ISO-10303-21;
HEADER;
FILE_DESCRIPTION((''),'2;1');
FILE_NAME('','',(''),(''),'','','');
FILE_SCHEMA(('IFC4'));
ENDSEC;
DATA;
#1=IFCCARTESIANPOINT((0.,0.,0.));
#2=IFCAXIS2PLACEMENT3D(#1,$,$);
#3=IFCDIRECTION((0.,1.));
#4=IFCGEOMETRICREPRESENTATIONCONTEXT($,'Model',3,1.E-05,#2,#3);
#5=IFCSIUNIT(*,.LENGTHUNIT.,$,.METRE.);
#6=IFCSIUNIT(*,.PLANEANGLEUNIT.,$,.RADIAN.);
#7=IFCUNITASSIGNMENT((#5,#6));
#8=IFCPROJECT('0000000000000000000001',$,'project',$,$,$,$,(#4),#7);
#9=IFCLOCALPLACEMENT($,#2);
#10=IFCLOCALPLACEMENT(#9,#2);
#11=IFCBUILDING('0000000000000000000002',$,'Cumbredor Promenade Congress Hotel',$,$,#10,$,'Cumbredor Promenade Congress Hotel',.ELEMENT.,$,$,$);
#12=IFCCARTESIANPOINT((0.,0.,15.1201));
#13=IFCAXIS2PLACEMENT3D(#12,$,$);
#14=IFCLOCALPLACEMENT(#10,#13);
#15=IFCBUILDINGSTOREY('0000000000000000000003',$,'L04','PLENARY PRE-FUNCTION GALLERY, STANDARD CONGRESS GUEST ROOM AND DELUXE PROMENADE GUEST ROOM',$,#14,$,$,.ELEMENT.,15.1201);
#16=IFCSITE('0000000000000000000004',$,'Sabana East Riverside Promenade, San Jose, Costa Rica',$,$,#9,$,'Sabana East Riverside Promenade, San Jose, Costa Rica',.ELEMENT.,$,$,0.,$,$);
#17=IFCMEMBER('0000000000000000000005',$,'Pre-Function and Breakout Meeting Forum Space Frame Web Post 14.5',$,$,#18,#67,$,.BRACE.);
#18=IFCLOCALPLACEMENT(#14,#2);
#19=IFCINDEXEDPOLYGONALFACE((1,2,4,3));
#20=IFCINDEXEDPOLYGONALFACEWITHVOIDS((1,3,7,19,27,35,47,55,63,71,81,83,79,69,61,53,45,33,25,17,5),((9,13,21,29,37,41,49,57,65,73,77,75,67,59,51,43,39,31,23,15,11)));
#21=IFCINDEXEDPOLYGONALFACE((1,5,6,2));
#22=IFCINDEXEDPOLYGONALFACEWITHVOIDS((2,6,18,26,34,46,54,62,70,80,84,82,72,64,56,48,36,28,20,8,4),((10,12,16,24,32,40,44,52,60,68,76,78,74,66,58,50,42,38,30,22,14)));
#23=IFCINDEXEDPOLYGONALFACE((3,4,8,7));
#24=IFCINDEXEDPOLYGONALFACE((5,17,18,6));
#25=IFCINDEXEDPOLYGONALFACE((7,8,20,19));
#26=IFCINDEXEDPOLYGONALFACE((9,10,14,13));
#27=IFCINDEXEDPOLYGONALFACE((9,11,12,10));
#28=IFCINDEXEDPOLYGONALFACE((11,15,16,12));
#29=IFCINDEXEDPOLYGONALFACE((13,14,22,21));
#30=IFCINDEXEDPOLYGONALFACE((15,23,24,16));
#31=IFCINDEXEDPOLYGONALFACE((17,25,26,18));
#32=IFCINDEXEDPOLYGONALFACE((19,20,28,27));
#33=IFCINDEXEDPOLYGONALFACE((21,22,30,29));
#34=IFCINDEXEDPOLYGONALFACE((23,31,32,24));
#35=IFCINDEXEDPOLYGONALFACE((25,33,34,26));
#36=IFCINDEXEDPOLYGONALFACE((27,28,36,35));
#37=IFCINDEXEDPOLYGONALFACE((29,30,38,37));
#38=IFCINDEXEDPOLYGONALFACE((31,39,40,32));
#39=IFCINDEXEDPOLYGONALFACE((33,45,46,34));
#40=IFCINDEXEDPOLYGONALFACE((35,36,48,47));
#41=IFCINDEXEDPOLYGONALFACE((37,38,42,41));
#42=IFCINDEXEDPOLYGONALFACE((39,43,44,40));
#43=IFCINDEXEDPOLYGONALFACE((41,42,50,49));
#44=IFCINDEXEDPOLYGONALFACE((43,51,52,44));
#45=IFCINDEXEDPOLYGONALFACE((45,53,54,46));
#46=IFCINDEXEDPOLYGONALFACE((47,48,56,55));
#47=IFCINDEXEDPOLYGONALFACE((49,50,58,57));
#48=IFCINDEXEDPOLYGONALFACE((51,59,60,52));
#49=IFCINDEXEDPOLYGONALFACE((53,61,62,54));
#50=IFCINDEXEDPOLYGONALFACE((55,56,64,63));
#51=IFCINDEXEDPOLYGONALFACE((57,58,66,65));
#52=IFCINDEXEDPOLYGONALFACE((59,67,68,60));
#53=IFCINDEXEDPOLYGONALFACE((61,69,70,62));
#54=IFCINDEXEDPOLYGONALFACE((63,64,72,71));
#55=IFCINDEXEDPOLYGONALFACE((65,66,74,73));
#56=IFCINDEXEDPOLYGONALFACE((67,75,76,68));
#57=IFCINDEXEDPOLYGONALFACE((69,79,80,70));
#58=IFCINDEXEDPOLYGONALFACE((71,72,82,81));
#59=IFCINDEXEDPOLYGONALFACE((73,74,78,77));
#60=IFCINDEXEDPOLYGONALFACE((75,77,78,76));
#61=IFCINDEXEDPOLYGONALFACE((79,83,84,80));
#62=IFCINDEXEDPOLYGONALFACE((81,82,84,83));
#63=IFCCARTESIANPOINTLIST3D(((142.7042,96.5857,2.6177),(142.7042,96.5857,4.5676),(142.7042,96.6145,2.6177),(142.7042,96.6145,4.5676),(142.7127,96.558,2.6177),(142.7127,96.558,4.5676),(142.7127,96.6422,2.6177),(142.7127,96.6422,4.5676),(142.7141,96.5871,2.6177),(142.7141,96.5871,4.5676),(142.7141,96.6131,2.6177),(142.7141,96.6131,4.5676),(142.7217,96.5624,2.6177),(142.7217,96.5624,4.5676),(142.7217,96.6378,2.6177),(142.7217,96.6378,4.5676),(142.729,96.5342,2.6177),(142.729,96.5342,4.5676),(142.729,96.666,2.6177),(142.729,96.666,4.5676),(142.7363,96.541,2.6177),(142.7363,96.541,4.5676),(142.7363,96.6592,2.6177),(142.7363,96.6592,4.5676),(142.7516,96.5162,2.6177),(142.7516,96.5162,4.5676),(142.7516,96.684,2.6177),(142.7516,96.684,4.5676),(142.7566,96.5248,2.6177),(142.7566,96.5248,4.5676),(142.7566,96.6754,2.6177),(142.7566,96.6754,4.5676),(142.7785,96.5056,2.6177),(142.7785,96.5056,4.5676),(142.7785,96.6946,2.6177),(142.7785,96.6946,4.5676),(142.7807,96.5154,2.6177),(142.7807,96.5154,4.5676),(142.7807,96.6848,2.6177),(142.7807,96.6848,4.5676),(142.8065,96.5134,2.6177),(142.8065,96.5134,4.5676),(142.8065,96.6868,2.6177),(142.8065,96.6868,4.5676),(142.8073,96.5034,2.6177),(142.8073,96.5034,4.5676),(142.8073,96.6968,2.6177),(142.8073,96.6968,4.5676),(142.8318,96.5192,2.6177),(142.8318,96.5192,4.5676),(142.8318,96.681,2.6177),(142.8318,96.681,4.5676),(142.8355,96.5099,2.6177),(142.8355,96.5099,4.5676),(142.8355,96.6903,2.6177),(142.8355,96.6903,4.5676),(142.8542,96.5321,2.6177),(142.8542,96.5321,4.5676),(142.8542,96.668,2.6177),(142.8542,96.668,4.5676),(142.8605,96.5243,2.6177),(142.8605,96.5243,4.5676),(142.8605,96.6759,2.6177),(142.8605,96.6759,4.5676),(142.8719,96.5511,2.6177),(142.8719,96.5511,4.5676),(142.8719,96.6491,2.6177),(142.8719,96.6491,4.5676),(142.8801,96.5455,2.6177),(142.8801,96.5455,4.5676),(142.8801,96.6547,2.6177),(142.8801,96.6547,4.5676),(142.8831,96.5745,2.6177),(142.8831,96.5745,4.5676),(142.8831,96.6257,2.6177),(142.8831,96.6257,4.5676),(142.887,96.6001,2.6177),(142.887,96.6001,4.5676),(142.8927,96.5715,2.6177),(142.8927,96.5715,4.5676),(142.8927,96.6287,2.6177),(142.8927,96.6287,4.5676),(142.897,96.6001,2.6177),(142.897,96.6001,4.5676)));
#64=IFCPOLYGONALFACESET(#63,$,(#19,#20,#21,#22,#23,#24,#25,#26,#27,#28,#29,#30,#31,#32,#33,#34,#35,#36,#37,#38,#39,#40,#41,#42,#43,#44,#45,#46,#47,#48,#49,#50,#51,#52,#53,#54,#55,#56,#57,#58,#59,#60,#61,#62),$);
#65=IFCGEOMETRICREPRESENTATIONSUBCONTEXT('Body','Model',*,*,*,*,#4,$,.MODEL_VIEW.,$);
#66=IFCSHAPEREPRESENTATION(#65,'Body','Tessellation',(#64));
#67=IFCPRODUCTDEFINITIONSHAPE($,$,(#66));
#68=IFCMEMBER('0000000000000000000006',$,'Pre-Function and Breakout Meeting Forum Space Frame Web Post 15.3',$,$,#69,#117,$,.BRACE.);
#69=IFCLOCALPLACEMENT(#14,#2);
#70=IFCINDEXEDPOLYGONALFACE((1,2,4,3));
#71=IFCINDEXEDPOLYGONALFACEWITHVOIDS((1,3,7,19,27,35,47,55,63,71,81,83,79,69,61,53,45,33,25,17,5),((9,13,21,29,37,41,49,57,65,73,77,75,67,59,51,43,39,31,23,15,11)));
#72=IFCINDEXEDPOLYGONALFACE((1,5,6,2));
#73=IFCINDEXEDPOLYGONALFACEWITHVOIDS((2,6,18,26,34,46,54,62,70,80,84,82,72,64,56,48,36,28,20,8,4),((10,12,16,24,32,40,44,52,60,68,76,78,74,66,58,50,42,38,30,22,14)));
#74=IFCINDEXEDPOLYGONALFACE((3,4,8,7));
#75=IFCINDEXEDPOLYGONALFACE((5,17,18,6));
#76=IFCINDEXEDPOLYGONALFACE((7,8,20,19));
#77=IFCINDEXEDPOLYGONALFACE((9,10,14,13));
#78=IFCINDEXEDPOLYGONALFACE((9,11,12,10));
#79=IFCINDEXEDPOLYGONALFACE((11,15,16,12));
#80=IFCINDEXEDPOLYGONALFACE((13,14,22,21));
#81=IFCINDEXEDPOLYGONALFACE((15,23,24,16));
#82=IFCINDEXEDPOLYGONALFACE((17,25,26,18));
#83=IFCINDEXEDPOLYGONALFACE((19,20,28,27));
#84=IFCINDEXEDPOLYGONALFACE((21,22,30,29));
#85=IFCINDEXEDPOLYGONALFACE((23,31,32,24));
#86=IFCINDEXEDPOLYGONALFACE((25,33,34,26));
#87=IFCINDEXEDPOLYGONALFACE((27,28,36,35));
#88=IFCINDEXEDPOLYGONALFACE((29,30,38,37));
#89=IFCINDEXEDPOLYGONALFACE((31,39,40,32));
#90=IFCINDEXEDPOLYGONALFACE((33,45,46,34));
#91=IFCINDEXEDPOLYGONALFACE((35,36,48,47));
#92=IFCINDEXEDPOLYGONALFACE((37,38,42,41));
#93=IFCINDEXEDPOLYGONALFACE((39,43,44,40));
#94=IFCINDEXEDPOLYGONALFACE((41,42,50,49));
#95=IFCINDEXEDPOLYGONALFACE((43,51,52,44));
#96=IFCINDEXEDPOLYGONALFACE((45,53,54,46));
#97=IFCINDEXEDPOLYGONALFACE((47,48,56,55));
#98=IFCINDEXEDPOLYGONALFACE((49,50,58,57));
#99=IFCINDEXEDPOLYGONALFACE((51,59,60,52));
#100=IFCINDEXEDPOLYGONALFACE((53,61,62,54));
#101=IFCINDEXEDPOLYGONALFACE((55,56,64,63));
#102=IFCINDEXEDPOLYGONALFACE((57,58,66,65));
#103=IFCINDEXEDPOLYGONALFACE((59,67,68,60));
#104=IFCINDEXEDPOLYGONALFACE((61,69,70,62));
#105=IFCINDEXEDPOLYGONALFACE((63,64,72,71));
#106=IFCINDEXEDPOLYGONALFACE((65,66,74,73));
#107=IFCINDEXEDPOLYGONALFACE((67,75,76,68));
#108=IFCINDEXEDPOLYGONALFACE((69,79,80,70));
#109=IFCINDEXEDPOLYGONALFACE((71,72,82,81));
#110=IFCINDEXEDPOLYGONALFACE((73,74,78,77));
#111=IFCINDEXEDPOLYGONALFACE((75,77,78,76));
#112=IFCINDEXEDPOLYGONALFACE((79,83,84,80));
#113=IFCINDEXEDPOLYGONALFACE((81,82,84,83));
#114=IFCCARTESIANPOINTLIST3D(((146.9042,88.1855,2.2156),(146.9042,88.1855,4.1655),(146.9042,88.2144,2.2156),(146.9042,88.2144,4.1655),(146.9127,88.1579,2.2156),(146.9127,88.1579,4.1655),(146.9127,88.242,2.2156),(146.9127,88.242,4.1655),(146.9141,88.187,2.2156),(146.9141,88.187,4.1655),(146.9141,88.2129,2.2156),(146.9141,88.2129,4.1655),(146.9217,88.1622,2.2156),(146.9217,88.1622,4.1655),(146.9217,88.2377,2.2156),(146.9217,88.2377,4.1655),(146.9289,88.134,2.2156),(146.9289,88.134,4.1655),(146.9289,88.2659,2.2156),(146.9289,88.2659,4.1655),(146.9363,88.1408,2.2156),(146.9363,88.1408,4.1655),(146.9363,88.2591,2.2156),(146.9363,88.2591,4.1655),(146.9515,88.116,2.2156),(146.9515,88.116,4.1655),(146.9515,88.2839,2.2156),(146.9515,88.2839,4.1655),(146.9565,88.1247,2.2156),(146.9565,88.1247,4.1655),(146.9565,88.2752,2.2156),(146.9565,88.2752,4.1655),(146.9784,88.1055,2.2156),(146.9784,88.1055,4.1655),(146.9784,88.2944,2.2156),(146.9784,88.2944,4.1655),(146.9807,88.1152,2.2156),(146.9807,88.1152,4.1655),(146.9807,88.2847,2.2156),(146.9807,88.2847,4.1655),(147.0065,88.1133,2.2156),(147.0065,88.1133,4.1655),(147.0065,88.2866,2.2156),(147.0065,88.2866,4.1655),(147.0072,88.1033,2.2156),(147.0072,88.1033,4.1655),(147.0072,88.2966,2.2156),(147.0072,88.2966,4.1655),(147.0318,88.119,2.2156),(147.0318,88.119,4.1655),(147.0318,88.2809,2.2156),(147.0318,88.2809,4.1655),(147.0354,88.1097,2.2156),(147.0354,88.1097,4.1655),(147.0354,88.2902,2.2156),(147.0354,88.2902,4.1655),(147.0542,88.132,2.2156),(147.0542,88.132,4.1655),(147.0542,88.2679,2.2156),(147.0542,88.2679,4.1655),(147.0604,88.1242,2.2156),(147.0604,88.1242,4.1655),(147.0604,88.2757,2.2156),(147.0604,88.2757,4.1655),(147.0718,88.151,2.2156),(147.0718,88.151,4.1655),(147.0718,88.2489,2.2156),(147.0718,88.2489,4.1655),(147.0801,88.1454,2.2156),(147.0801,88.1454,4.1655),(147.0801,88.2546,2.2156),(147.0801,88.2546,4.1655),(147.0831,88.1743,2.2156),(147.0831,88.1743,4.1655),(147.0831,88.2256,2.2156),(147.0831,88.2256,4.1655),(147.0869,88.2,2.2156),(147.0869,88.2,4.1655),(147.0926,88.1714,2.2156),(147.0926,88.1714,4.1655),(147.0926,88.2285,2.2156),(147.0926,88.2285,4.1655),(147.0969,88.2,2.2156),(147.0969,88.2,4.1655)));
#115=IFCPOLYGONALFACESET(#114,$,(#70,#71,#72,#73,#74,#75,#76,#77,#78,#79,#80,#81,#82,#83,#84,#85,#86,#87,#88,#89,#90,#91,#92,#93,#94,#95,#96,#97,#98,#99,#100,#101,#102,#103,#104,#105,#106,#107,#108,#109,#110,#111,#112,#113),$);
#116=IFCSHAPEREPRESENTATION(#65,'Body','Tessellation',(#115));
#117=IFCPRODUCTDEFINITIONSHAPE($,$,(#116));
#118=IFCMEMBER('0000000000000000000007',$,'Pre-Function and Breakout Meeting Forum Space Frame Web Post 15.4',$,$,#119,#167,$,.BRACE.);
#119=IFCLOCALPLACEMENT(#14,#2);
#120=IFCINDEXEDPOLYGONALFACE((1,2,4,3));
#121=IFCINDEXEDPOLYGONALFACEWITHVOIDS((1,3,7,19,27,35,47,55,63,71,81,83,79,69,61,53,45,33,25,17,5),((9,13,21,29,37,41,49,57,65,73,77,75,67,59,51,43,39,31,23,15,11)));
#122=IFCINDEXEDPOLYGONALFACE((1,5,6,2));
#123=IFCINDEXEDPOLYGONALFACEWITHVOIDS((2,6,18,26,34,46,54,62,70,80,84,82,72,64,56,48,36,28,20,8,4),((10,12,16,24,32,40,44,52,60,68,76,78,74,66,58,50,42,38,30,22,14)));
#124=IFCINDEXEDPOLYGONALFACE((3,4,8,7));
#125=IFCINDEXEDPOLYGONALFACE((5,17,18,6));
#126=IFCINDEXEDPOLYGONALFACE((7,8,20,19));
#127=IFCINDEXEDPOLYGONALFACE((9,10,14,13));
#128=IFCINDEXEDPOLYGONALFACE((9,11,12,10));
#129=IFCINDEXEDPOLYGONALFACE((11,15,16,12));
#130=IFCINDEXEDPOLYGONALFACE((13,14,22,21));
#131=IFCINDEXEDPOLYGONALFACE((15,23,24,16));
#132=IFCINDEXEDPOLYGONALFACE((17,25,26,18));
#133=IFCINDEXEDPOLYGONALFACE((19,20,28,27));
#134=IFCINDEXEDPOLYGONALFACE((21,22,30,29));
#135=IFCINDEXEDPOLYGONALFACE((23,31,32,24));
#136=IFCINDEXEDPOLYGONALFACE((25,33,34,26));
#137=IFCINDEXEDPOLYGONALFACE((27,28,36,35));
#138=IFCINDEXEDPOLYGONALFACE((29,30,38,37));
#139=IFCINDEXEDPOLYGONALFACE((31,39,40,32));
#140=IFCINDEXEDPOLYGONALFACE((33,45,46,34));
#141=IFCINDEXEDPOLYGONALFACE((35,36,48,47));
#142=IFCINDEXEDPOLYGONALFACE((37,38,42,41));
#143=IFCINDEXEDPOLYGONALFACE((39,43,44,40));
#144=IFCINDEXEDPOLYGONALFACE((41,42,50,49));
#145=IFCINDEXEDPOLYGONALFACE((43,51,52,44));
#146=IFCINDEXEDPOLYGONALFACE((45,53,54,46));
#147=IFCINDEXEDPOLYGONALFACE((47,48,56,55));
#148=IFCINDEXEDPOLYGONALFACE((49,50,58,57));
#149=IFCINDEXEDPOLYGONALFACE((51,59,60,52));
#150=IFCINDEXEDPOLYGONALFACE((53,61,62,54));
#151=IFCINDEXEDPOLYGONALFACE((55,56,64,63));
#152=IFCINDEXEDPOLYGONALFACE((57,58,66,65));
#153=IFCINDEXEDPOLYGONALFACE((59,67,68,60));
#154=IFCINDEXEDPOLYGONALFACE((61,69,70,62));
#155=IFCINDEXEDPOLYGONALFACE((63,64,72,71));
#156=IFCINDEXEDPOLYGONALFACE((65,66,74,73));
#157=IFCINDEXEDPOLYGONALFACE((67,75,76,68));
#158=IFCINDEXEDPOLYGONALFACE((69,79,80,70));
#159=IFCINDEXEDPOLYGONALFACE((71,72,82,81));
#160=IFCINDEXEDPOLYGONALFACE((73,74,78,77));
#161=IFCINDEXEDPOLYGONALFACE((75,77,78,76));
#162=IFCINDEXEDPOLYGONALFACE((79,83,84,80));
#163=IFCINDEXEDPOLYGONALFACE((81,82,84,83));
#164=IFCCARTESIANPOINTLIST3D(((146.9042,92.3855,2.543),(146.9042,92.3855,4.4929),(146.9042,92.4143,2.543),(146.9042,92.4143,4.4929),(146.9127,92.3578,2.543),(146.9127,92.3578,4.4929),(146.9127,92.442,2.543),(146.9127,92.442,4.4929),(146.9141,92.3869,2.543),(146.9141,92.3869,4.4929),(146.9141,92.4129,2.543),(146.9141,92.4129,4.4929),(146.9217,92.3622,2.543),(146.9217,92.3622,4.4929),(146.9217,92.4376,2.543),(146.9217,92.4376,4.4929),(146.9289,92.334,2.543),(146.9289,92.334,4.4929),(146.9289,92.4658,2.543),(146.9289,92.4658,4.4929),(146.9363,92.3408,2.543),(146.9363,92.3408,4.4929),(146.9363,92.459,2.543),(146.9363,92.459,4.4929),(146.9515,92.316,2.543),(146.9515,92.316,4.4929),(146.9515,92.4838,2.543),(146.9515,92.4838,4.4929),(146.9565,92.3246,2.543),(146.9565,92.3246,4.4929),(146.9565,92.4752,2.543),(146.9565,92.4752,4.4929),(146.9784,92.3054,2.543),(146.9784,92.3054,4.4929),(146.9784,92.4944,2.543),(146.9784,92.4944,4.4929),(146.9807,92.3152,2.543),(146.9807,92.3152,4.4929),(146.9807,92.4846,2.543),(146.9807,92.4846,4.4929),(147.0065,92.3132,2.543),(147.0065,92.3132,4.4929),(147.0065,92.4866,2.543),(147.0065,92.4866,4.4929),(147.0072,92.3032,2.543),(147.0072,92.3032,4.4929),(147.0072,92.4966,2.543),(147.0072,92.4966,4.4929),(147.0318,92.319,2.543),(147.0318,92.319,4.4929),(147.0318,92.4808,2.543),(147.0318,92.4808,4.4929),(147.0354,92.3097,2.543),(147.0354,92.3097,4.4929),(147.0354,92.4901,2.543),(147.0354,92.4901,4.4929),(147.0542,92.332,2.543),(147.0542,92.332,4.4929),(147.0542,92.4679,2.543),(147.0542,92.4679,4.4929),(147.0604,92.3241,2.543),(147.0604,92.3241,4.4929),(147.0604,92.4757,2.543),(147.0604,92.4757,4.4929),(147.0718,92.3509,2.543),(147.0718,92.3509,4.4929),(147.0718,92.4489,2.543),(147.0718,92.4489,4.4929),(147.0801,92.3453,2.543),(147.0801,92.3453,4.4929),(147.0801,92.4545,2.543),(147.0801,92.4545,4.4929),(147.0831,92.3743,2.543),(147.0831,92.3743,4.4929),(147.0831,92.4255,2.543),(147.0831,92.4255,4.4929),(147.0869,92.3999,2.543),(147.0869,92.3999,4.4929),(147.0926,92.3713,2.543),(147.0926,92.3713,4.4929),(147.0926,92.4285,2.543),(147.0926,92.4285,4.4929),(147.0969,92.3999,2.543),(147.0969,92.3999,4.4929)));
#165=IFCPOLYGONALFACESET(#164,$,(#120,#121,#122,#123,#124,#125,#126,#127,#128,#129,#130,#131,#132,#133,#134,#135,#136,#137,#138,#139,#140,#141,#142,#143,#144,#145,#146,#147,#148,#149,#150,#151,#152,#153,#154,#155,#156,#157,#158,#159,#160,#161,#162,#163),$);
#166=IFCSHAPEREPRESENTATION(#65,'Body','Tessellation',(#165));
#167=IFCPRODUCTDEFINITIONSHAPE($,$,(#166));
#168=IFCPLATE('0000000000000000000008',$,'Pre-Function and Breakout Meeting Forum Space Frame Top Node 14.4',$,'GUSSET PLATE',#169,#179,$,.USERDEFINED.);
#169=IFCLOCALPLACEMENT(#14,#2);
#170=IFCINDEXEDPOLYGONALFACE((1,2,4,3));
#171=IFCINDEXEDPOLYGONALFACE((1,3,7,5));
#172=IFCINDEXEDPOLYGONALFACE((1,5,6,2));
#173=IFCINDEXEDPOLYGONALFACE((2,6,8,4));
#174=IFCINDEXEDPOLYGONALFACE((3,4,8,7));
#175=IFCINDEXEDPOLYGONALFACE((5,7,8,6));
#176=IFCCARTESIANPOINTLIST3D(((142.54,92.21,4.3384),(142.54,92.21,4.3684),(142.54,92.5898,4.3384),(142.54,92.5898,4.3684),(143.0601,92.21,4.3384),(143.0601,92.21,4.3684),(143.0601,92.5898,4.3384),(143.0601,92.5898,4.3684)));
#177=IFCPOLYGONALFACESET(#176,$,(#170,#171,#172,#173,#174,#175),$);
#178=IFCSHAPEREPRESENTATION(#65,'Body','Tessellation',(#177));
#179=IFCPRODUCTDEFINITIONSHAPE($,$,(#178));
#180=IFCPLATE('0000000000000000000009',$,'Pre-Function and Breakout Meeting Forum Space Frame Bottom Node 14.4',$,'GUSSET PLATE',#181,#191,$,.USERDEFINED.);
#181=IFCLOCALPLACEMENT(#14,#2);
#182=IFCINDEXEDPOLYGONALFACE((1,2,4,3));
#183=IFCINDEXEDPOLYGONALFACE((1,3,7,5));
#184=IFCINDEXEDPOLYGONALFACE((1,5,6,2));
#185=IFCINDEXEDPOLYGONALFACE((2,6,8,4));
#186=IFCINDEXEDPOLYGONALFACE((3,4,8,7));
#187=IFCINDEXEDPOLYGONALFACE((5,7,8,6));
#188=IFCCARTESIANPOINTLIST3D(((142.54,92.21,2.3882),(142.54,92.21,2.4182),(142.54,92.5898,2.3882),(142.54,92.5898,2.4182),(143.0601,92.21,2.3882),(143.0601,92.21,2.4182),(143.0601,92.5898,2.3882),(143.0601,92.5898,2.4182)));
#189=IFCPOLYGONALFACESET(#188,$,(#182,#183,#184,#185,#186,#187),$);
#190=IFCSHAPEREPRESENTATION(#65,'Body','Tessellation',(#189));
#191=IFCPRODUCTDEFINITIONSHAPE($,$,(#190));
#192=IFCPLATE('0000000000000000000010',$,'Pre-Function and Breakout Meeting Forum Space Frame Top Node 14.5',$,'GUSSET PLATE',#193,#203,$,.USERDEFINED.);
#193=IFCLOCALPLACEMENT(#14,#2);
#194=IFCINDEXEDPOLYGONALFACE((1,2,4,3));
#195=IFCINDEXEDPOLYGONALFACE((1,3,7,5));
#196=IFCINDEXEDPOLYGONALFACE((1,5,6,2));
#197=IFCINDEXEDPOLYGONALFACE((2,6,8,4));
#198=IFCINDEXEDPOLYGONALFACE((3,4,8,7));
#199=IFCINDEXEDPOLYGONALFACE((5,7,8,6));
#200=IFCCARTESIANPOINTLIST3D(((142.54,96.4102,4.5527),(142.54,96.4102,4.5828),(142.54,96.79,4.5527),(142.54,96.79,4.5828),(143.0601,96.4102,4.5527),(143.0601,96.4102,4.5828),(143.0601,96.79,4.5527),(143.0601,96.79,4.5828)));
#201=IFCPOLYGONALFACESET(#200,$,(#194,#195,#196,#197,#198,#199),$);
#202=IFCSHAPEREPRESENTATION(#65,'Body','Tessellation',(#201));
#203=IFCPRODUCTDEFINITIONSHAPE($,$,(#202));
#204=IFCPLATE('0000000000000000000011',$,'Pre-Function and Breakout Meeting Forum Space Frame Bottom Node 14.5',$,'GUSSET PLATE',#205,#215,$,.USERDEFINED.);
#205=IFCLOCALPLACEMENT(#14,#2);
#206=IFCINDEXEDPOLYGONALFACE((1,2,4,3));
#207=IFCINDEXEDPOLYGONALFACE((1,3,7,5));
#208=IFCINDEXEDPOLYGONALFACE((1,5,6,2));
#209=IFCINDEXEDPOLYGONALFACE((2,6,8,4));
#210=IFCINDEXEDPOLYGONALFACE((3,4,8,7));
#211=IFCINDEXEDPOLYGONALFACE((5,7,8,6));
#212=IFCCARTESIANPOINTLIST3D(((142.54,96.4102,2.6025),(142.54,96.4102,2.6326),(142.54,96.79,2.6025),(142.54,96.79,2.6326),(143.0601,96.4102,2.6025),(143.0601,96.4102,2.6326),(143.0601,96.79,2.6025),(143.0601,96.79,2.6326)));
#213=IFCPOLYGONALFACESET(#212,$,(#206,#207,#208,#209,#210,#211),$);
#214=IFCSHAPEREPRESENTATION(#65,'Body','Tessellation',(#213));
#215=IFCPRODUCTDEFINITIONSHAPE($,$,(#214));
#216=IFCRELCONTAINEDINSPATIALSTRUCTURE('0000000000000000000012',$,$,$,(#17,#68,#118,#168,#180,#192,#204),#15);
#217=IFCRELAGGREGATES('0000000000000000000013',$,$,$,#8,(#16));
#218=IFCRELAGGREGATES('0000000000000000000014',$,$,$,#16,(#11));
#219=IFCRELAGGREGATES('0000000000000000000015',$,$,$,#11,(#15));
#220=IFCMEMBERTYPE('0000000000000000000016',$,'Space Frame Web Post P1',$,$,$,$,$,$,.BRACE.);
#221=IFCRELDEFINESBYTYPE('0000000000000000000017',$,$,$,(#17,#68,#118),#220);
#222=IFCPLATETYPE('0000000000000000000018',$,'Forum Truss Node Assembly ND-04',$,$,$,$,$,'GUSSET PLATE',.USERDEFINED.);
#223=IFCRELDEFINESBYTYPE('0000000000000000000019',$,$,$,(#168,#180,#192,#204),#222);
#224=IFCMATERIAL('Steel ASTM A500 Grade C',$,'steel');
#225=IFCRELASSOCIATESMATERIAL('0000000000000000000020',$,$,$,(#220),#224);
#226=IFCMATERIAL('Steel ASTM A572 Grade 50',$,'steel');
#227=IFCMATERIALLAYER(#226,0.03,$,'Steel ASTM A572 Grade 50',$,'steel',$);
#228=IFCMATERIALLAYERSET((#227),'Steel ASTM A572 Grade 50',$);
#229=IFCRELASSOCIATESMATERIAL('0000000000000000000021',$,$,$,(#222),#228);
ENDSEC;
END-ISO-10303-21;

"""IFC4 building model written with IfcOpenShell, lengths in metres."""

from ifc_helpers import new_model, si_unit, direction, frame, origin, origin_2d, place, context, subcontext, project, spatial, rectangle, hollow_circle, extrude, material, layer, layer_set, material_profile, profile_set, type_object, element, save


model = new_model("IFC4")

# Units and contexts
model_context = context("Model", 3, precision=1e-05, world=origin(), true_north=direction((0.0, 1.0)))
body_context = subcontext(model_context, "Body", "Model", "MODEL_VIEW")
ifc_project = project(units=[si_unit("LENGTHUNIT", "METRE"), si_unit("PLANEANGLEUNIT", "RADIAN")], contexts=[model_context])

# Site, building, storey
site_placement = place(None, origin())
site = spatial("IfcSite", under=ifc_project, at=site_placement, Name="Sabana East Riverside Promenade, San Jose, Costa Rica", LongName="Sabana East Riverside Promenade, San Jose, Costa Rica", CompositionType="ELEMENT", RefElevation=0.0)
building_placement = place(site_placement, origin())
building = spatial("IfcBuilding", under=site, at=building_placement, Name="Cumbredor Promenade Congress Hotel", LongName="Cumbredor Promenade Congress Hotel", CompositionType="ELEMENT")
storey_placement = place(building_placement, frame((0.0, 0.0, 15.1201)))
storey = spatial("IfcBuildingStorey", under=building, at=storey_placement, Name="L04", Description="PLENARY PRE-FUNCTION GALLERY, STANDARD CONGRESS GUEST ROOM AND DELUXE PROMENADE GUEST ROOM", CompositionType="ELEMENT", Elevation=15.1201)

# Members
ifc_material_1 = material(Name="Steel ASTM A500 Grade C", Category="steel")
ifc_material_profile_1 = material_profile(ifc_material_1, hollow_circle(Radius=0.0969, WallThickness=0.01, at=origin_2d()), Name="CHS 193.7x10")
ifc_profile_set_1 = profile_set([ifc_material_profile_1], Name="Steel ASTM A500 Grade C")
member_type_1 = type_object("IfcMemberType", Name="Space Frame Web Post P1", PredefinedType="BRACE", material=ifc_profile_set_1)
for number, where, z_axis, x_axis, name in (
    (1, (142.8, 96.6001, 2.6177), (0.0, 0.0, 1.0), (1.0, 0.0, 0.0), "Pre-Function and Breakout Meeting Forum Space Frame Web Post 14.5"),
    (2, (147.0, 88.2, 2.2156), (0.0, 0.0, 1.0), (1.0, 0.0, 0.0), "Pre-Function and Breakout Meeting Forum Space Frame Web Post 15.3"),
    (3, (147.0, 92.3999, 2.543), (0.0, 0.0, 1.0), (1.0, 0.0, 0.0), "Pre-Function and Breakout Meeting Forum Space Frame Web Post 15.4"),
):
    element("IfcMember", number, at=place(storey_placement, frame(where, z_axis=z_axis, x_axis=x_axis)), inside=storey, type_object=member_type_1, Name=name, PredefinedType="BRACE", context=body_context, shape_type="SweptSolid", body=[
        extrude(hollow_circle(Radius=0.0969, WallThickness=0.01, at=origin_2d()), origin(), (0.0, 0.0, 1.0), 1.95),
    ])

# Plates
ifc_material_2 = material(Name="Steel ASTM A572 Grade 50", Category="steel")
ifc_layer = layer(ifc_material_2, 0.03, Name="Steel ASTM A572 Grade 50", Category="steel")
ifc_layer_set = layer_set([ifc_layer], Name="Steel ASTM A572 Grade 50")
plate_type = type_object("IfcPlateType", Name="Forum Truss Node Assembly ND-04", ElementType="GUSSET PLATE", PredefinedType="USERDEFINED", material=ifc_layer_set)
for number, where, z_axis, x_axis, name in (
    (4, (142.8, 92.3999, 4.3384), (0.0, 0.0, 1.0), (1.0, 0.0, 0.0), "Pre-Function and Breakout Meeting Forum Space Frame Top Node 14.4"),
    (5, (142.8, 92.3999, 2.3882), (0.0, 0.0, 1.0), (1.0, 0.0, 0.0), "Pre-Function and Breakout Meeting Forum Space Frame Bottom Node 14.4"),
    (6, (142.8, 96.6001, 4.5527), (0.0, 0.0, 1.0), (1.0, 0.0, 0.0), "Pre-Function and Breakout Meeting Forum Space Frame Top Node 14.5"),
    (7, (142.8, 96.6001, 2.6025), (0.0, 0.0, 1.0), (1.0, 0.0, 0.0), "Pre-Function and Breakout Meeting Forum Space Frame Bottom Node 14.5"),
):
    element("IfcPlate", number, at=place(storey_placement, frame(where, z_axis=z_axis, x_axis=x_axis)), inside=storey, type_object=plate_type, Name=name, ObjectType="GUSSET PLATE", PredefinedType="USERDEFINED", context=body_context, shape_type="SweptSolid", body=[
        extrude(rectangle(XDim=0.52, YDim=0.3799, at=origin_2d()), origin(), (0.0, 0.0, 1.0), 0.03),
    ])

save(model, "model.ifc")
